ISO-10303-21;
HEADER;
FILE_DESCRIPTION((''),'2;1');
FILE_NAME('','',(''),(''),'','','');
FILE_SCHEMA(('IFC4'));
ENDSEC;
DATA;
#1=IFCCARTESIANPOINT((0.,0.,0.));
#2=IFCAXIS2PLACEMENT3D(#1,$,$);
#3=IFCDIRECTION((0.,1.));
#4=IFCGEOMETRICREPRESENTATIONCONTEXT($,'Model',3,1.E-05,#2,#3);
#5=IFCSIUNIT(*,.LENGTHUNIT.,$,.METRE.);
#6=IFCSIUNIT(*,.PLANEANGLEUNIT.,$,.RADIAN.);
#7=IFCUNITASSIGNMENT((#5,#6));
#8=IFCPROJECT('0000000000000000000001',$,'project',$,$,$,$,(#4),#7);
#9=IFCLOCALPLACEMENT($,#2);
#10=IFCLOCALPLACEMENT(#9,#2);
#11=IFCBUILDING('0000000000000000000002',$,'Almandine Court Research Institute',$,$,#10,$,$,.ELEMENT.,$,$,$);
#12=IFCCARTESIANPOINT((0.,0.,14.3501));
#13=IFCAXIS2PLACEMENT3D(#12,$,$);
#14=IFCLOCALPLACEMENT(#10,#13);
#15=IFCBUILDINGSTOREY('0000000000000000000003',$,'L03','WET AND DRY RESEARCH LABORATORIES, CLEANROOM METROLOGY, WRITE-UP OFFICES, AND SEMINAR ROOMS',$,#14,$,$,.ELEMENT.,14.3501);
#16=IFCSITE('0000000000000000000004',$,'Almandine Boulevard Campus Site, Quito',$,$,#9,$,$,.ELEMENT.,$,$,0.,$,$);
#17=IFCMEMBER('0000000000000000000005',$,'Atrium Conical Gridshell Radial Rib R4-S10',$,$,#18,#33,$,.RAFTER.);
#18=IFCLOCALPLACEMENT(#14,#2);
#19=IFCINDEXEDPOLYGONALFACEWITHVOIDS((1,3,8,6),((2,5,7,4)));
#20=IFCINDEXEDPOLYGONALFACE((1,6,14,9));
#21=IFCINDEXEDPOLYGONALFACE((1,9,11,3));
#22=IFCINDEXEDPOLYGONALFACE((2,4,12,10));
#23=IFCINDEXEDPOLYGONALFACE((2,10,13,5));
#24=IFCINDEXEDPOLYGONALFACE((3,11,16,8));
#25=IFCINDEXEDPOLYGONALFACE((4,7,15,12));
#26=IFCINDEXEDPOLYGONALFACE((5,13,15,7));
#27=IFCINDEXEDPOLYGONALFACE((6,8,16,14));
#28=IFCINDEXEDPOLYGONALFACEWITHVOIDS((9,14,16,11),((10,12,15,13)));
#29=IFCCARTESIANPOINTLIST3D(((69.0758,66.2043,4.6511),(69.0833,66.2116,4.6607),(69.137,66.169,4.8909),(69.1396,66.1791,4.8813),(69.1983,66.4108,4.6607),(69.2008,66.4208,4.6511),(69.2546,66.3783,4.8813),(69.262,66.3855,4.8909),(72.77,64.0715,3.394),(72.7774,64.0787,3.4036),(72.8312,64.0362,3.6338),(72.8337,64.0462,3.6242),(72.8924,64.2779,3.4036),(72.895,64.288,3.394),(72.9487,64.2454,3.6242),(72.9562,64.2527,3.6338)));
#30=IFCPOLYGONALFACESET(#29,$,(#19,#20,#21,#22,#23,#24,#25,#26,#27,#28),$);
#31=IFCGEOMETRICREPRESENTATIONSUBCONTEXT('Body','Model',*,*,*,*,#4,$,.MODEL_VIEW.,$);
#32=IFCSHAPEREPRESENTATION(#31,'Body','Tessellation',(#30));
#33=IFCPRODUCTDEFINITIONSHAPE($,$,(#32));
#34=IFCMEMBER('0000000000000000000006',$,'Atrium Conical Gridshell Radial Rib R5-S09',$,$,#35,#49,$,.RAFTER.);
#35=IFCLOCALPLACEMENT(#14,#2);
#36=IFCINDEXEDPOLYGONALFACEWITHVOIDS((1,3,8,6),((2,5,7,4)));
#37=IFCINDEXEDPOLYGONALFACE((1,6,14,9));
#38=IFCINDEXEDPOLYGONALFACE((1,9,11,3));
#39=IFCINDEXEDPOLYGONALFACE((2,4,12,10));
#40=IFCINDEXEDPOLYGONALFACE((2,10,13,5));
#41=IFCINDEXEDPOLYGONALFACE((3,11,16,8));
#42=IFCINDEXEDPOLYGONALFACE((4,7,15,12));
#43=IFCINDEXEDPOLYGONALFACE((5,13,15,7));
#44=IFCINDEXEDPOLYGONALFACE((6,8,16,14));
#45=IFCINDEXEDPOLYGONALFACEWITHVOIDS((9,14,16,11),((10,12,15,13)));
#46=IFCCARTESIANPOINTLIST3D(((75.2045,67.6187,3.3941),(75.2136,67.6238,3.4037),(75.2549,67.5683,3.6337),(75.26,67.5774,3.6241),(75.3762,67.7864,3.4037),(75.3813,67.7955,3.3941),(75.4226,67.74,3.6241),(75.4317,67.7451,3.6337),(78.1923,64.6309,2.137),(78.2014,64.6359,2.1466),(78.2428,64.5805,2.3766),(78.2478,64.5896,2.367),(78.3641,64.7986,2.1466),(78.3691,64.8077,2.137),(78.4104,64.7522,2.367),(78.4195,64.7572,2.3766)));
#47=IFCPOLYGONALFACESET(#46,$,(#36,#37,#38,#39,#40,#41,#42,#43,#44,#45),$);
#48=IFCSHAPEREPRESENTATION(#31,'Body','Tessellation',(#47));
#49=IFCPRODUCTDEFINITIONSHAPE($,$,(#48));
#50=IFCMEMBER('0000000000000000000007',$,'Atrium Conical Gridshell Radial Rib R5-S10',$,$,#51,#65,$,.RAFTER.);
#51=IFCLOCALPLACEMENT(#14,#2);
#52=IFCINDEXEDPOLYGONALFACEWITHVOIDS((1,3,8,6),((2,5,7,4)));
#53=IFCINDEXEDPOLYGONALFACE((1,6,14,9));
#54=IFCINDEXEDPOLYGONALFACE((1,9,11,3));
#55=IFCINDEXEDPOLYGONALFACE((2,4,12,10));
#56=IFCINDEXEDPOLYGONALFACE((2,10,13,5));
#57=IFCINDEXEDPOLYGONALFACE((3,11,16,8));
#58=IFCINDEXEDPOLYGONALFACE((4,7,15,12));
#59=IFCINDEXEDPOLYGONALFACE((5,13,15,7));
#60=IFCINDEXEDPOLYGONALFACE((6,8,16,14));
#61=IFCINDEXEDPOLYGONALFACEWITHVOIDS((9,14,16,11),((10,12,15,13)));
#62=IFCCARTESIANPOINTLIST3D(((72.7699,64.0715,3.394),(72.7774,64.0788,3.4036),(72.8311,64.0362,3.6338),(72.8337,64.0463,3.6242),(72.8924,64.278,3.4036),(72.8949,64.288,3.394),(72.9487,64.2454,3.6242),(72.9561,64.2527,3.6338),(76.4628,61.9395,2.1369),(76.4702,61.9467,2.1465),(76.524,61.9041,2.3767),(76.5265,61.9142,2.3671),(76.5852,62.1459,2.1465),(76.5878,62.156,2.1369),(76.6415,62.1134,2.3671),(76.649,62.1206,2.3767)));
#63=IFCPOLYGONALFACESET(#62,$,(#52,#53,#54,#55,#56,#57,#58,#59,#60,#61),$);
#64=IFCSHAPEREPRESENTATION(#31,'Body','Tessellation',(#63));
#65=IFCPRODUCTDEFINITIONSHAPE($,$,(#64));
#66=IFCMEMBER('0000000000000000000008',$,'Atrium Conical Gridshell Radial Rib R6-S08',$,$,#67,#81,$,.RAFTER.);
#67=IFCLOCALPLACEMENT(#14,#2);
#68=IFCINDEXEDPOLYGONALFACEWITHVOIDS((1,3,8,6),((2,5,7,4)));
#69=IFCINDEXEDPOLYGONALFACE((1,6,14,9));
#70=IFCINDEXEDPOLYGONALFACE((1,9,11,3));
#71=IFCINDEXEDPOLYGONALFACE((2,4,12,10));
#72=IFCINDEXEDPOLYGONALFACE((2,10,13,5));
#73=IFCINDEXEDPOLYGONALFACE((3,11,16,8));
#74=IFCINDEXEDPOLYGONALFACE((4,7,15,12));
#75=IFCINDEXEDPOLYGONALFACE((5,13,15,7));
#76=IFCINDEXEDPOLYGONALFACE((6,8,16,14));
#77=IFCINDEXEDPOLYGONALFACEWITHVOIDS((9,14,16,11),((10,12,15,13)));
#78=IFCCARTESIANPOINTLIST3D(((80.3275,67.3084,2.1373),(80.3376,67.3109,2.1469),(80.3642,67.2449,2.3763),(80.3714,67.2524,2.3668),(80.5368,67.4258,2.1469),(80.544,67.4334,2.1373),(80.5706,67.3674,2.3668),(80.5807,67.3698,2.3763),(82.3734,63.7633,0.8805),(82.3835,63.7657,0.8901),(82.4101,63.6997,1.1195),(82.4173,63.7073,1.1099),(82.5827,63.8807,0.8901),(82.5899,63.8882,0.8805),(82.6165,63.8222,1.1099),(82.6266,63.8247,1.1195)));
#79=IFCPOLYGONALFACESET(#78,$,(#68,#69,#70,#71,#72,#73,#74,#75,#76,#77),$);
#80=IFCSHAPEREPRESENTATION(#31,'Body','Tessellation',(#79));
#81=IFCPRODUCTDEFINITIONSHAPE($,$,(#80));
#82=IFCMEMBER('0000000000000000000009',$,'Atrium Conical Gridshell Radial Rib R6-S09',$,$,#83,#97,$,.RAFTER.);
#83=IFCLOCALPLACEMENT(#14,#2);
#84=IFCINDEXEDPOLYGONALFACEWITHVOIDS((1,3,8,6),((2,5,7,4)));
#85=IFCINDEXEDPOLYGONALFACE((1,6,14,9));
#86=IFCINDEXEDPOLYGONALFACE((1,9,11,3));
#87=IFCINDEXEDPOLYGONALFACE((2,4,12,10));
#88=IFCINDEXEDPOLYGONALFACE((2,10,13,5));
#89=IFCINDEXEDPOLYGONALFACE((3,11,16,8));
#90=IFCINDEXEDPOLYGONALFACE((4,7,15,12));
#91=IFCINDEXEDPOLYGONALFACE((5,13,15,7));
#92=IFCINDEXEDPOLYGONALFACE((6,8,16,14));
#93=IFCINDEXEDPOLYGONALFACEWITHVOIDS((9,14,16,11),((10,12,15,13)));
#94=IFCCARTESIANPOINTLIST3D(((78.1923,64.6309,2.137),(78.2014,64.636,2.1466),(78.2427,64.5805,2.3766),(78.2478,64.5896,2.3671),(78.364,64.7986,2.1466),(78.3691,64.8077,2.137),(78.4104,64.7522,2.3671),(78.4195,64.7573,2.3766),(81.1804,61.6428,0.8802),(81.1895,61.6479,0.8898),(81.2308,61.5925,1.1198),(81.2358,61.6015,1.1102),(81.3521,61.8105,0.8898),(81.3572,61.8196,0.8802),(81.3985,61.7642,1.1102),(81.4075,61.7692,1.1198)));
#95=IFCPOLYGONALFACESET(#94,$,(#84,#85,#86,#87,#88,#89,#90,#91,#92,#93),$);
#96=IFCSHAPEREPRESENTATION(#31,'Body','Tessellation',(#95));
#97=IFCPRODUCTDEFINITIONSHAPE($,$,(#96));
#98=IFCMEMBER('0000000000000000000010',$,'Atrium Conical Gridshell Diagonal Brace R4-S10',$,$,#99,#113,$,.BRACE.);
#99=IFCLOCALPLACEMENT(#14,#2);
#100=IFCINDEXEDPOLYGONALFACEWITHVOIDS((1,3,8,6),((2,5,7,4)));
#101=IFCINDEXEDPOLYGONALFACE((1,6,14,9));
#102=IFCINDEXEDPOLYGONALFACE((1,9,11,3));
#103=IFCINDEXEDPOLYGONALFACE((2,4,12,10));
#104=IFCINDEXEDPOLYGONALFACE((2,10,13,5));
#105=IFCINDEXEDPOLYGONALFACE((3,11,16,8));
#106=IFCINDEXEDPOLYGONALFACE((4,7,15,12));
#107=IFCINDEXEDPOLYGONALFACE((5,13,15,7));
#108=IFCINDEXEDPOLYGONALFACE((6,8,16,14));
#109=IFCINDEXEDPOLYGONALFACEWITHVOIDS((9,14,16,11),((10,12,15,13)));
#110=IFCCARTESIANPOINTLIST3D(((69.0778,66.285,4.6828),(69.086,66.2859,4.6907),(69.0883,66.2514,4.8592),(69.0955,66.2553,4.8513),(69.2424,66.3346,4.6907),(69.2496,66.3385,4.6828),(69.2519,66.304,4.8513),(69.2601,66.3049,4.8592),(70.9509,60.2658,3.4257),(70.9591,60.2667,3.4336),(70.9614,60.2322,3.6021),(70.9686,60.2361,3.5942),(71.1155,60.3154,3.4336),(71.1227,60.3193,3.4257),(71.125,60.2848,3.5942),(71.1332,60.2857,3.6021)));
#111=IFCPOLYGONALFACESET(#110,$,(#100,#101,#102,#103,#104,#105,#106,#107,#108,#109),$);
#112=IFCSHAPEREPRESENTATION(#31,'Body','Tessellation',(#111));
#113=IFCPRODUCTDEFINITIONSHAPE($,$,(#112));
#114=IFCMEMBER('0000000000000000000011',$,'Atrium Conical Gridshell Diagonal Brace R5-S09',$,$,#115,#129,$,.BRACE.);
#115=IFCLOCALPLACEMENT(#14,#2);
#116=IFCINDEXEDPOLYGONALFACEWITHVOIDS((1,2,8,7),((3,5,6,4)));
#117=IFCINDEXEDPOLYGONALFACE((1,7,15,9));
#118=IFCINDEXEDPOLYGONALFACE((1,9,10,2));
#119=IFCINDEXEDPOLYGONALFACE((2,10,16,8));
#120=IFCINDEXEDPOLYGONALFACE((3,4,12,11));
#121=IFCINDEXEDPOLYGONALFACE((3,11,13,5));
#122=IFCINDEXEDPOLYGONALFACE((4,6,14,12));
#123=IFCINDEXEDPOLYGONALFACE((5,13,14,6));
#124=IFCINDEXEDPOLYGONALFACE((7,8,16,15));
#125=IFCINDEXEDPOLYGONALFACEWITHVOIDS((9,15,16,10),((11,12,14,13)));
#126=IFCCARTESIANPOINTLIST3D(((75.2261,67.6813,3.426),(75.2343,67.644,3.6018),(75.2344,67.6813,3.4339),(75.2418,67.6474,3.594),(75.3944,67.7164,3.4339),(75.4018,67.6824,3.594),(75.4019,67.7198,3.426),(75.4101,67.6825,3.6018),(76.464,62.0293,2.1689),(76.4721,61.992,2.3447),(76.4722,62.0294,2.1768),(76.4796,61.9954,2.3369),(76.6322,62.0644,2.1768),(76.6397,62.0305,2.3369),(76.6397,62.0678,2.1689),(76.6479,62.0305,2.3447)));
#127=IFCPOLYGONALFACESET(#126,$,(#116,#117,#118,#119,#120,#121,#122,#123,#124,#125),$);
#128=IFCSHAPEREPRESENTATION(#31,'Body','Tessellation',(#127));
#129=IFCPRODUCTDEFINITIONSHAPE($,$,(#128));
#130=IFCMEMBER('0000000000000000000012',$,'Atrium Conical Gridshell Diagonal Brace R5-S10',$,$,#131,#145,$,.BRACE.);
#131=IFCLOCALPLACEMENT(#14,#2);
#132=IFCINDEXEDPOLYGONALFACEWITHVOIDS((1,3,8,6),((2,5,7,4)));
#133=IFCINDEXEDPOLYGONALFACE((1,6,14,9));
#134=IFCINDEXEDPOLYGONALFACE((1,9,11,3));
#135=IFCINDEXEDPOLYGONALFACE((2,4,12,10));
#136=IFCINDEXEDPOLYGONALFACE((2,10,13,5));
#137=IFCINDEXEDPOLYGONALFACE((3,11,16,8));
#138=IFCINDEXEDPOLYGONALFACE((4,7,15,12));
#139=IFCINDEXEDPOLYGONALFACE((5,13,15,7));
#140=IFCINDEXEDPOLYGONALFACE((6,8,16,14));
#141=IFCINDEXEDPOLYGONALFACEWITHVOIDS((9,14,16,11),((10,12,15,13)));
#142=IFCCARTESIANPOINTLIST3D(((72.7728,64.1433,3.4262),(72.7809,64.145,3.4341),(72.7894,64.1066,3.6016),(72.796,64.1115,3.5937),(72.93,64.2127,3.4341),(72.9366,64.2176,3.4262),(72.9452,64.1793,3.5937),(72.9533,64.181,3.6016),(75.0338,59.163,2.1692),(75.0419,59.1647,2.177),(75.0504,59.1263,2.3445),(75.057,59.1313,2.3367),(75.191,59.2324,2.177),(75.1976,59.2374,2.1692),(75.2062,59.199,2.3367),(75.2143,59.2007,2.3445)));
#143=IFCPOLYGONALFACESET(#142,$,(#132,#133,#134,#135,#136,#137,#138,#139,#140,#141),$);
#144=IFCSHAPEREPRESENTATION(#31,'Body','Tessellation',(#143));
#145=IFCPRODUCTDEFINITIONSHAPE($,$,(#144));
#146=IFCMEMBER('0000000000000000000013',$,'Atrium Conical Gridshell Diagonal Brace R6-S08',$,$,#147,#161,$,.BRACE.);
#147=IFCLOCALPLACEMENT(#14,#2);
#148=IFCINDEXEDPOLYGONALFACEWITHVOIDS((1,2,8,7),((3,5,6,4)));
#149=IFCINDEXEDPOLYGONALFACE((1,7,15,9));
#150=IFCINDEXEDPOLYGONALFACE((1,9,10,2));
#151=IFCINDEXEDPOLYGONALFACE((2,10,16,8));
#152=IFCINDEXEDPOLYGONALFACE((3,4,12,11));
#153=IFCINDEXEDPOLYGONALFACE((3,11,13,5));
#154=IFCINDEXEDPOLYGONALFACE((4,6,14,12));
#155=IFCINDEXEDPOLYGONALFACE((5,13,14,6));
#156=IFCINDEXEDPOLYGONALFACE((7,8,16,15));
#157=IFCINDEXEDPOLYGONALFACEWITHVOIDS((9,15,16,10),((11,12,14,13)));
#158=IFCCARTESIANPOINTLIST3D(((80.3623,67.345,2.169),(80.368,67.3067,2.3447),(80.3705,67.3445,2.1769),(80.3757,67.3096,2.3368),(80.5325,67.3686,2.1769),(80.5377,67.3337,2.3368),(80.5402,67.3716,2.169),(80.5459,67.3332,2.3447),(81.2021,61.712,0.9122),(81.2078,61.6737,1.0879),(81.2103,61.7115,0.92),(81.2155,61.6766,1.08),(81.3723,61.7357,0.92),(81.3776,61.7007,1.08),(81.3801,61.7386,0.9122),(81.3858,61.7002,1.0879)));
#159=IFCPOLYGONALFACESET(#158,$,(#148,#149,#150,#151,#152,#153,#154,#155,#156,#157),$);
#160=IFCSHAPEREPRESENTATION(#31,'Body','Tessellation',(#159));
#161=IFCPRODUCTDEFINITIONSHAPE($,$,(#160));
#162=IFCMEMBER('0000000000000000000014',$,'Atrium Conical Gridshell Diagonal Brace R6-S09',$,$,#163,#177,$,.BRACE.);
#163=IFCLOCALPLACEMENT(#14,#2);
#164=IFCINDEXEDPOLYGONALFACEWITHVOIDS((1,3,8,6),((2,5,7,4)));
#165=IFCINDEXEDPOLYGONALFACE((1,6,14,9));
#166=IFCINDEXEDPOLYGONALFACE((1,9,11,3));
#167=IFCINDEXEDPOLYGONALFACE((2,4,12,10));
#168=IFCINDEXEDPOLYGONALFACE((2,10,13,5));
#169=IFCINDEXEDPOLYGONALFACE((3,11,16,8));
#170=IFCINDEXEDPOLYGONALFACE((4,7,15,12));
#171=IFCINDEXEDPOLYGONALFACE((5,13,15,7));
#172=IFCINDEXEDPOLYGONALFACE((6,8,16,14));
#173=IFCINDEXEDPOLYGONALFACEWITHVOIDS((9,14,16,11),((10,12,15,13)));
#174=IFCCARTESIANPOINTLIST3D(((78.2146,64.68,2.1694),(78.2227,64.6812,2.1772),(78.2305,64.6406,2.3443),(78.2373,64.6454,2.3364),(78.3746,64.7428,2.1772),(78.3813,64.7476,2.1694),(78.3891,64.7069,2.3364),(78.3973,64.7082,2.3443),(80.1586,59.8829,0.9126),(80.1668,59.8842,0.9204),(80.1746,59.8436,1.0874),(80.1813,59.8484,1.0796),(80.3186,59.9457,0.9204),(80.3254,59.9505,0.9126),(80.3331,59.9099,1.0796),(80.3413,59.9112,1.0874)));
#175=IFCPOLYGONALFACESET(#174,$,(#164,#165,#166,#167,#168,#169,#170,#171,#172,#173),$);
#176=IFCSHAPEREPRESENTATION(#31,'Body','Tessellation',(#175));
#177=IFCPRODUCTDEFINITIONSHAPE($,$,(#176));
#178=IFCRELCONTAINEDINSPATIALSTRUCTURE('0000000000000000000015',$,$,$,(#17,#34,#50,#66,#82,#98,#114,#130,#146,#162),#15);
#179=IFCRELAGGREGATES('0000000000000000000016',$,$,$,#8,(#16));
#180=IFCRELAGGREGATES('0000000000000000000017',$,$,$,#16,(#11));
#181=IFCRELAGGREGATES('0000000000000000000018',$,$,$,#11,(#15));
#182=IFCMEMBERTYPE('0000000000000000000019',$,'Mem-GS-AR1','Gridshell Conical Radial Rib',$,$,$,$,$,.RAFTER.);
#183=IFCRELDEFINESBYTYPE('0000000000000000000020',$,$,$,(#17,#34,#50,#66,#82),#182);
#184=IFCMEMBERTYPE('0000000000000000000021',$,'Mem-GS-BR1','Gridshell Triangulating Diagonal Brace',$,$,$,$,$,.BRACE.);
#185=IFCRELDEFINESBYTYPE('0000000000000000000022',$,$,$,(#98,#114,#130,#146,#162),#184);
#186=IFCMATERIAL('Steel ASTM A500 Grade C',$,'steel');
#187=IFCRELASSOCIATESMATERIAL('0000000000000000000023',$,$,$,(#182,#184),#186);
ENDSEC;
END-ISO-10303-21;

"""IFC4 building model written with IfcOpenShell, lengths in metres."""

from ifc_helpers import new_model, si_unit, direction, frame, origin, origin_2d, place, context, subcontext, project, spatial, hollow_rectangle, extrude, material, material_profile, profile_set, type_object, element, save


model = new_model("IFC4")

# Units and contexts
model_context = context("Model", 3, precision=1e-05, world=origin(), true_north=direction((0.0, 1.0)))
body_context = subcontext(model_context, "Body", "Model", "MODEL_VIEW")
ifc_project = project(units=[si_unit("LENGTHUNIT", "METRE"), si_unit("PLANEANGLEUNIT", "RADIAN")], contexts=[model_context])

# Site, building, storey
site_placement = place(None, origin())
site = spatial("IfcSite", under=ifc_project, at=site_placement, Name="Almandine Boulevard Campus Site, Quito", CompositionType="ELEMENT", RefElevation=0.0)
building_placement = place(site_placement, origin())
building = spatial("IfcBuilding", under=site, at=building_placement, Name="Almandine Court Research Institute", CompositionType="ELEMENT")
storey_placement = place(building_placement, frame((0.0, 0.0, 14.3501)))
storey = spatial("IfcBuildingStorey", under=building, at=storey_placement, Name="L03", Description="WET AND DRY RESEARCH LABORATORIES, CLEANROOM METROLOGY, WRITE-UP OFFICES, AND SEMINAR ROOMS", CompositionType="ELEMENT", Elevation=14.3501)

# Members
ifc_material_1 = material(Name="Steel ASTM A500 Grade C", Category="steel")
ifc_material_profile_1 = material_profile(ifc_material_1, hollow_rectangle(XDim=0.25, YDim=0.25, WallThickness=0.01, at=origin_2d()), Name="HSS 250x250x10")
ifc_profile_set_1 = profile_set([ifc_material_profile_1], Name="Steel ASTM A500 Grade C")
member_type_1 = type_object("IfcMemberType", Name="Mem-GS-AR1", Description="Gridshell Conical Radial Rib", PredefinedType="RAFTER", material=ifc_profile_set_1)
member_1_placement = place(storey_placement, frame((69.1689, 66.2949, 4.771), z_axis=(0.8307, -0.479611, -0.282683), x_axis=(0.500005, 0.866023, 0.0)))
element("IfcMember", 1, at=member_1_placement, inside=storey, type_object=member_type_1, Name="Atrium Conical Gridshell Radial Rib R4-S10", PredefinedType="RAFTER", context=body_context, shape_type="SweptSolid", body=[
    extrude(hollow_rectangle(XDim=0.25, YDim=0.25, WallThickness=0.01, at=origin_2d()), origin(), (0.0, 0.0, 1.0), 4.447),
])
member_2_placement = place(storey_placement, frame((75.3181, 67.6819, 3.5139), z_axis=(0.677749, -0.677749, -0.285155), x_axis=(0.707107, 0.707107, 0.0)))
element("IfcMember", 2, at=member_2_placement, inside=storey, type_object=member_type_1, Name="Atrium Conical Gridshell Radial Rib R5-S09", PredefinedType="RAFTER", context=body_context, shape_type="SweptSolid", body=[
    extrude(hollow_rectangle(XDim=0.25, YDim=0.25, WallThickness=0.01, at=origin_2d()), origin(), (0.0, 0.0, 1.0), 4.4084),
])
member_3_placement = place(storey_placement, frame((72.863, 64.1621, 3.5139), z_axis=(0.830681, -0.479594, -0.28277), x_axis=(0.5, 0.866025, 0.0)))
element("IfcMember", 3, at=member_3_placement, inside=storey, type_object=member_type_1, Name="Atrium Conical Gridshell Radial Rib R5-S10", PredefinedType="RAFTER", context=body_context, shape_type="SweptSolid", body=[
    extrude(hollow_rectangle(XDim=0.25, YDim=0.25, WallThickness=0.01, at=origin_2d()), origin(), (0.0, 0.0, 1.0), 4.4456),
])
member_4_placement = place(storey_placement, frame((80.4541, 67.3391, 2.2568), z_axis=(0.477816, -0.827968, -0.293532), x_axis=(0.866121, 0.499834, 0.0)))
element("IfcMember", 4, at=member_4_placement, inside=storey, type_object=member_type_1, Name="Atrium Conical Gridshell Radial Rib R6-S08", PredefinedType="RAFTER", context=body_context, shape_type="SweptSolid", body=[
    extrude(hollow_rectangle(XDim=0.25, YDim=0.25, WallThickness=0.01, at=origin_2d()), origin(), (0.0, 0.0, 1.0), 4.2817),
])
member_5_placement = place(storey_placement, frame((78.3059, 64.6941, 2.2568), z_axis=(0.677764, -0.677764, -0.285083), x_axis=(0.707107, 0.707107, 0.0)))
element("IfcMember", 5, at=member_5_placement, inside=storey, type_object=member_type_1, Name="Atrium Conical Gridshell Radial Rib R6-S09", PredefinedType="RAFTER", context=body_context, shape_type="SweptSolid", body=[
    extrude(hollow_rectangle(XDim=0.25, YDim=0.25, WallThickness=0.01, at=origin_2d()), origin(), (0.0, 0.0, 1.0), 4.4087),
])
ifc_material_profile_2 = material_profile(ifc_material_1, hollow_rectangle(XDim=0.1799, YDim=0.1799, WallThickness=0.0081, at=origin_2d()), Name="HSS 180x180x8")
ifc_profile_set_2 = profile_set([ifc_material_profile_2], Name="Steel ASTM A500 Grade C")
member_type_2 = type_object("IfcMemberType", Name="Mem-GS-BR1", Description="Gridshell Triangulating Diagonal Brace", PredefinedType="BRACE", material=ifc_profile_set_2)
member_6_placement = place(storey_placement, frame((69.1689, 66.2949, 4.771), z_axis=(0.291395, -0.936399, -0.195567), x_axis=(0.954836, 0.297132, 0.0)))
element("IfcMember", 6, at=member_6_placement, inside=storey, type_object=member_type_2, Name="Atrium Conical Gridshell Diagonal Brace R4-S10", PredefinedType="BRACE", context=body_context, shape_type="SweptSolid", body=[
    extrude(hollow_rectangle(XDim=0.1799, YDim=0.1799, WallThickness=0.0081, at=origin_2d()), origin(), (0.0, 0.0, 1.0), 6.428),
])
member_7_placement = place(storey_placement, frame((75.3181, 67.6819, 3.5139), z_axis=(0.209058, -0.954577, -0.212316), x_axis=(0.976848, 0.213936, 0.0)))
element("IfcMember", 7, at=member_7_placement, inside=storey, type_object=member_type_2, Name="Atrium Conical Gridshell Diagonal Brace R5-S09", PredefinedType="BRACE", context=body_context, shape_type="SweptSolid", body=[
    extrude(hollow_rectangle(XDim=0.1799, YDim=0.1799, WallThickness=0.0081, at=origin_2d()), origin(), (0.0, 0.0, 1.0), 5.9209),
])
member_8_placement = place(storey_placement, frame((72.863, 64.1621, 3.5139), z_axis=(0.402882, -0.887419, -0.223997), x_axis=(0.910556, 0.413386, 0.0)))
element("IfcMember", 8, at=member_8_placement, inside=storey, type_object=member_type_2, Name="Atrium Conical Gridshell Diagonal Brace R5-S10", PredefinedType="BRACE", context=body_context, shape_type="SweptSolid", body=[
    extrude(hollow_rectangle(XDim=0.1799, YDim=0.1799, WallThickness=0.0081, at=origin_2d()), origin(), (0.0, 0.0, 1.0), 5.6121),
])
member_9_placement = place(storey_placement, frame((80.4541, 67.3391, 2.2568), z_axis=(0.143997, -0.96583, -0.215494), x_axis=(0.989068, 0.147462, 0.0)))
element("IfcMember", 9, at=member_9_placement, inside=storey, type_object=member_type_2, Name="Atrium Conical Gridshell Diagonal Brace R6-S08", PredefinedType="BRACE", context=body_context, shape_type="SweptSolid", body=[
    extrude(hollow_rectangle(XDim=0.1799, YDim=0.1799, WallThickness=0.0081, at=origin_2d()), origin(), (0.0, 0.0, 1.0), 5.8323),
])
member_10_placement = place(storey_placement, frame((78.3059, 64.6941, 2.2568), z_axis=(0.364986, -0.900616, -0.23596), x_axis=(0.926785, 0.375591, 0.0)))
element("IfcMember", 10, at=member_10_placement, inside=storey, type_object=member_type_2, Name="Atrium Conical Gridshell Diagonal Brace R6-S09", PredefinedType="BRACE", context=body_context, shape_type="SweptSolid", body=[
    extrude(hollow_rectangle(XDim=0.1799, YDim=0.1799, WallThickness=0.0081, at=origin_2d()), origin(), (0.0, 0.0, 1.0), 5.3264),
])

save(model, "model.ifc")
